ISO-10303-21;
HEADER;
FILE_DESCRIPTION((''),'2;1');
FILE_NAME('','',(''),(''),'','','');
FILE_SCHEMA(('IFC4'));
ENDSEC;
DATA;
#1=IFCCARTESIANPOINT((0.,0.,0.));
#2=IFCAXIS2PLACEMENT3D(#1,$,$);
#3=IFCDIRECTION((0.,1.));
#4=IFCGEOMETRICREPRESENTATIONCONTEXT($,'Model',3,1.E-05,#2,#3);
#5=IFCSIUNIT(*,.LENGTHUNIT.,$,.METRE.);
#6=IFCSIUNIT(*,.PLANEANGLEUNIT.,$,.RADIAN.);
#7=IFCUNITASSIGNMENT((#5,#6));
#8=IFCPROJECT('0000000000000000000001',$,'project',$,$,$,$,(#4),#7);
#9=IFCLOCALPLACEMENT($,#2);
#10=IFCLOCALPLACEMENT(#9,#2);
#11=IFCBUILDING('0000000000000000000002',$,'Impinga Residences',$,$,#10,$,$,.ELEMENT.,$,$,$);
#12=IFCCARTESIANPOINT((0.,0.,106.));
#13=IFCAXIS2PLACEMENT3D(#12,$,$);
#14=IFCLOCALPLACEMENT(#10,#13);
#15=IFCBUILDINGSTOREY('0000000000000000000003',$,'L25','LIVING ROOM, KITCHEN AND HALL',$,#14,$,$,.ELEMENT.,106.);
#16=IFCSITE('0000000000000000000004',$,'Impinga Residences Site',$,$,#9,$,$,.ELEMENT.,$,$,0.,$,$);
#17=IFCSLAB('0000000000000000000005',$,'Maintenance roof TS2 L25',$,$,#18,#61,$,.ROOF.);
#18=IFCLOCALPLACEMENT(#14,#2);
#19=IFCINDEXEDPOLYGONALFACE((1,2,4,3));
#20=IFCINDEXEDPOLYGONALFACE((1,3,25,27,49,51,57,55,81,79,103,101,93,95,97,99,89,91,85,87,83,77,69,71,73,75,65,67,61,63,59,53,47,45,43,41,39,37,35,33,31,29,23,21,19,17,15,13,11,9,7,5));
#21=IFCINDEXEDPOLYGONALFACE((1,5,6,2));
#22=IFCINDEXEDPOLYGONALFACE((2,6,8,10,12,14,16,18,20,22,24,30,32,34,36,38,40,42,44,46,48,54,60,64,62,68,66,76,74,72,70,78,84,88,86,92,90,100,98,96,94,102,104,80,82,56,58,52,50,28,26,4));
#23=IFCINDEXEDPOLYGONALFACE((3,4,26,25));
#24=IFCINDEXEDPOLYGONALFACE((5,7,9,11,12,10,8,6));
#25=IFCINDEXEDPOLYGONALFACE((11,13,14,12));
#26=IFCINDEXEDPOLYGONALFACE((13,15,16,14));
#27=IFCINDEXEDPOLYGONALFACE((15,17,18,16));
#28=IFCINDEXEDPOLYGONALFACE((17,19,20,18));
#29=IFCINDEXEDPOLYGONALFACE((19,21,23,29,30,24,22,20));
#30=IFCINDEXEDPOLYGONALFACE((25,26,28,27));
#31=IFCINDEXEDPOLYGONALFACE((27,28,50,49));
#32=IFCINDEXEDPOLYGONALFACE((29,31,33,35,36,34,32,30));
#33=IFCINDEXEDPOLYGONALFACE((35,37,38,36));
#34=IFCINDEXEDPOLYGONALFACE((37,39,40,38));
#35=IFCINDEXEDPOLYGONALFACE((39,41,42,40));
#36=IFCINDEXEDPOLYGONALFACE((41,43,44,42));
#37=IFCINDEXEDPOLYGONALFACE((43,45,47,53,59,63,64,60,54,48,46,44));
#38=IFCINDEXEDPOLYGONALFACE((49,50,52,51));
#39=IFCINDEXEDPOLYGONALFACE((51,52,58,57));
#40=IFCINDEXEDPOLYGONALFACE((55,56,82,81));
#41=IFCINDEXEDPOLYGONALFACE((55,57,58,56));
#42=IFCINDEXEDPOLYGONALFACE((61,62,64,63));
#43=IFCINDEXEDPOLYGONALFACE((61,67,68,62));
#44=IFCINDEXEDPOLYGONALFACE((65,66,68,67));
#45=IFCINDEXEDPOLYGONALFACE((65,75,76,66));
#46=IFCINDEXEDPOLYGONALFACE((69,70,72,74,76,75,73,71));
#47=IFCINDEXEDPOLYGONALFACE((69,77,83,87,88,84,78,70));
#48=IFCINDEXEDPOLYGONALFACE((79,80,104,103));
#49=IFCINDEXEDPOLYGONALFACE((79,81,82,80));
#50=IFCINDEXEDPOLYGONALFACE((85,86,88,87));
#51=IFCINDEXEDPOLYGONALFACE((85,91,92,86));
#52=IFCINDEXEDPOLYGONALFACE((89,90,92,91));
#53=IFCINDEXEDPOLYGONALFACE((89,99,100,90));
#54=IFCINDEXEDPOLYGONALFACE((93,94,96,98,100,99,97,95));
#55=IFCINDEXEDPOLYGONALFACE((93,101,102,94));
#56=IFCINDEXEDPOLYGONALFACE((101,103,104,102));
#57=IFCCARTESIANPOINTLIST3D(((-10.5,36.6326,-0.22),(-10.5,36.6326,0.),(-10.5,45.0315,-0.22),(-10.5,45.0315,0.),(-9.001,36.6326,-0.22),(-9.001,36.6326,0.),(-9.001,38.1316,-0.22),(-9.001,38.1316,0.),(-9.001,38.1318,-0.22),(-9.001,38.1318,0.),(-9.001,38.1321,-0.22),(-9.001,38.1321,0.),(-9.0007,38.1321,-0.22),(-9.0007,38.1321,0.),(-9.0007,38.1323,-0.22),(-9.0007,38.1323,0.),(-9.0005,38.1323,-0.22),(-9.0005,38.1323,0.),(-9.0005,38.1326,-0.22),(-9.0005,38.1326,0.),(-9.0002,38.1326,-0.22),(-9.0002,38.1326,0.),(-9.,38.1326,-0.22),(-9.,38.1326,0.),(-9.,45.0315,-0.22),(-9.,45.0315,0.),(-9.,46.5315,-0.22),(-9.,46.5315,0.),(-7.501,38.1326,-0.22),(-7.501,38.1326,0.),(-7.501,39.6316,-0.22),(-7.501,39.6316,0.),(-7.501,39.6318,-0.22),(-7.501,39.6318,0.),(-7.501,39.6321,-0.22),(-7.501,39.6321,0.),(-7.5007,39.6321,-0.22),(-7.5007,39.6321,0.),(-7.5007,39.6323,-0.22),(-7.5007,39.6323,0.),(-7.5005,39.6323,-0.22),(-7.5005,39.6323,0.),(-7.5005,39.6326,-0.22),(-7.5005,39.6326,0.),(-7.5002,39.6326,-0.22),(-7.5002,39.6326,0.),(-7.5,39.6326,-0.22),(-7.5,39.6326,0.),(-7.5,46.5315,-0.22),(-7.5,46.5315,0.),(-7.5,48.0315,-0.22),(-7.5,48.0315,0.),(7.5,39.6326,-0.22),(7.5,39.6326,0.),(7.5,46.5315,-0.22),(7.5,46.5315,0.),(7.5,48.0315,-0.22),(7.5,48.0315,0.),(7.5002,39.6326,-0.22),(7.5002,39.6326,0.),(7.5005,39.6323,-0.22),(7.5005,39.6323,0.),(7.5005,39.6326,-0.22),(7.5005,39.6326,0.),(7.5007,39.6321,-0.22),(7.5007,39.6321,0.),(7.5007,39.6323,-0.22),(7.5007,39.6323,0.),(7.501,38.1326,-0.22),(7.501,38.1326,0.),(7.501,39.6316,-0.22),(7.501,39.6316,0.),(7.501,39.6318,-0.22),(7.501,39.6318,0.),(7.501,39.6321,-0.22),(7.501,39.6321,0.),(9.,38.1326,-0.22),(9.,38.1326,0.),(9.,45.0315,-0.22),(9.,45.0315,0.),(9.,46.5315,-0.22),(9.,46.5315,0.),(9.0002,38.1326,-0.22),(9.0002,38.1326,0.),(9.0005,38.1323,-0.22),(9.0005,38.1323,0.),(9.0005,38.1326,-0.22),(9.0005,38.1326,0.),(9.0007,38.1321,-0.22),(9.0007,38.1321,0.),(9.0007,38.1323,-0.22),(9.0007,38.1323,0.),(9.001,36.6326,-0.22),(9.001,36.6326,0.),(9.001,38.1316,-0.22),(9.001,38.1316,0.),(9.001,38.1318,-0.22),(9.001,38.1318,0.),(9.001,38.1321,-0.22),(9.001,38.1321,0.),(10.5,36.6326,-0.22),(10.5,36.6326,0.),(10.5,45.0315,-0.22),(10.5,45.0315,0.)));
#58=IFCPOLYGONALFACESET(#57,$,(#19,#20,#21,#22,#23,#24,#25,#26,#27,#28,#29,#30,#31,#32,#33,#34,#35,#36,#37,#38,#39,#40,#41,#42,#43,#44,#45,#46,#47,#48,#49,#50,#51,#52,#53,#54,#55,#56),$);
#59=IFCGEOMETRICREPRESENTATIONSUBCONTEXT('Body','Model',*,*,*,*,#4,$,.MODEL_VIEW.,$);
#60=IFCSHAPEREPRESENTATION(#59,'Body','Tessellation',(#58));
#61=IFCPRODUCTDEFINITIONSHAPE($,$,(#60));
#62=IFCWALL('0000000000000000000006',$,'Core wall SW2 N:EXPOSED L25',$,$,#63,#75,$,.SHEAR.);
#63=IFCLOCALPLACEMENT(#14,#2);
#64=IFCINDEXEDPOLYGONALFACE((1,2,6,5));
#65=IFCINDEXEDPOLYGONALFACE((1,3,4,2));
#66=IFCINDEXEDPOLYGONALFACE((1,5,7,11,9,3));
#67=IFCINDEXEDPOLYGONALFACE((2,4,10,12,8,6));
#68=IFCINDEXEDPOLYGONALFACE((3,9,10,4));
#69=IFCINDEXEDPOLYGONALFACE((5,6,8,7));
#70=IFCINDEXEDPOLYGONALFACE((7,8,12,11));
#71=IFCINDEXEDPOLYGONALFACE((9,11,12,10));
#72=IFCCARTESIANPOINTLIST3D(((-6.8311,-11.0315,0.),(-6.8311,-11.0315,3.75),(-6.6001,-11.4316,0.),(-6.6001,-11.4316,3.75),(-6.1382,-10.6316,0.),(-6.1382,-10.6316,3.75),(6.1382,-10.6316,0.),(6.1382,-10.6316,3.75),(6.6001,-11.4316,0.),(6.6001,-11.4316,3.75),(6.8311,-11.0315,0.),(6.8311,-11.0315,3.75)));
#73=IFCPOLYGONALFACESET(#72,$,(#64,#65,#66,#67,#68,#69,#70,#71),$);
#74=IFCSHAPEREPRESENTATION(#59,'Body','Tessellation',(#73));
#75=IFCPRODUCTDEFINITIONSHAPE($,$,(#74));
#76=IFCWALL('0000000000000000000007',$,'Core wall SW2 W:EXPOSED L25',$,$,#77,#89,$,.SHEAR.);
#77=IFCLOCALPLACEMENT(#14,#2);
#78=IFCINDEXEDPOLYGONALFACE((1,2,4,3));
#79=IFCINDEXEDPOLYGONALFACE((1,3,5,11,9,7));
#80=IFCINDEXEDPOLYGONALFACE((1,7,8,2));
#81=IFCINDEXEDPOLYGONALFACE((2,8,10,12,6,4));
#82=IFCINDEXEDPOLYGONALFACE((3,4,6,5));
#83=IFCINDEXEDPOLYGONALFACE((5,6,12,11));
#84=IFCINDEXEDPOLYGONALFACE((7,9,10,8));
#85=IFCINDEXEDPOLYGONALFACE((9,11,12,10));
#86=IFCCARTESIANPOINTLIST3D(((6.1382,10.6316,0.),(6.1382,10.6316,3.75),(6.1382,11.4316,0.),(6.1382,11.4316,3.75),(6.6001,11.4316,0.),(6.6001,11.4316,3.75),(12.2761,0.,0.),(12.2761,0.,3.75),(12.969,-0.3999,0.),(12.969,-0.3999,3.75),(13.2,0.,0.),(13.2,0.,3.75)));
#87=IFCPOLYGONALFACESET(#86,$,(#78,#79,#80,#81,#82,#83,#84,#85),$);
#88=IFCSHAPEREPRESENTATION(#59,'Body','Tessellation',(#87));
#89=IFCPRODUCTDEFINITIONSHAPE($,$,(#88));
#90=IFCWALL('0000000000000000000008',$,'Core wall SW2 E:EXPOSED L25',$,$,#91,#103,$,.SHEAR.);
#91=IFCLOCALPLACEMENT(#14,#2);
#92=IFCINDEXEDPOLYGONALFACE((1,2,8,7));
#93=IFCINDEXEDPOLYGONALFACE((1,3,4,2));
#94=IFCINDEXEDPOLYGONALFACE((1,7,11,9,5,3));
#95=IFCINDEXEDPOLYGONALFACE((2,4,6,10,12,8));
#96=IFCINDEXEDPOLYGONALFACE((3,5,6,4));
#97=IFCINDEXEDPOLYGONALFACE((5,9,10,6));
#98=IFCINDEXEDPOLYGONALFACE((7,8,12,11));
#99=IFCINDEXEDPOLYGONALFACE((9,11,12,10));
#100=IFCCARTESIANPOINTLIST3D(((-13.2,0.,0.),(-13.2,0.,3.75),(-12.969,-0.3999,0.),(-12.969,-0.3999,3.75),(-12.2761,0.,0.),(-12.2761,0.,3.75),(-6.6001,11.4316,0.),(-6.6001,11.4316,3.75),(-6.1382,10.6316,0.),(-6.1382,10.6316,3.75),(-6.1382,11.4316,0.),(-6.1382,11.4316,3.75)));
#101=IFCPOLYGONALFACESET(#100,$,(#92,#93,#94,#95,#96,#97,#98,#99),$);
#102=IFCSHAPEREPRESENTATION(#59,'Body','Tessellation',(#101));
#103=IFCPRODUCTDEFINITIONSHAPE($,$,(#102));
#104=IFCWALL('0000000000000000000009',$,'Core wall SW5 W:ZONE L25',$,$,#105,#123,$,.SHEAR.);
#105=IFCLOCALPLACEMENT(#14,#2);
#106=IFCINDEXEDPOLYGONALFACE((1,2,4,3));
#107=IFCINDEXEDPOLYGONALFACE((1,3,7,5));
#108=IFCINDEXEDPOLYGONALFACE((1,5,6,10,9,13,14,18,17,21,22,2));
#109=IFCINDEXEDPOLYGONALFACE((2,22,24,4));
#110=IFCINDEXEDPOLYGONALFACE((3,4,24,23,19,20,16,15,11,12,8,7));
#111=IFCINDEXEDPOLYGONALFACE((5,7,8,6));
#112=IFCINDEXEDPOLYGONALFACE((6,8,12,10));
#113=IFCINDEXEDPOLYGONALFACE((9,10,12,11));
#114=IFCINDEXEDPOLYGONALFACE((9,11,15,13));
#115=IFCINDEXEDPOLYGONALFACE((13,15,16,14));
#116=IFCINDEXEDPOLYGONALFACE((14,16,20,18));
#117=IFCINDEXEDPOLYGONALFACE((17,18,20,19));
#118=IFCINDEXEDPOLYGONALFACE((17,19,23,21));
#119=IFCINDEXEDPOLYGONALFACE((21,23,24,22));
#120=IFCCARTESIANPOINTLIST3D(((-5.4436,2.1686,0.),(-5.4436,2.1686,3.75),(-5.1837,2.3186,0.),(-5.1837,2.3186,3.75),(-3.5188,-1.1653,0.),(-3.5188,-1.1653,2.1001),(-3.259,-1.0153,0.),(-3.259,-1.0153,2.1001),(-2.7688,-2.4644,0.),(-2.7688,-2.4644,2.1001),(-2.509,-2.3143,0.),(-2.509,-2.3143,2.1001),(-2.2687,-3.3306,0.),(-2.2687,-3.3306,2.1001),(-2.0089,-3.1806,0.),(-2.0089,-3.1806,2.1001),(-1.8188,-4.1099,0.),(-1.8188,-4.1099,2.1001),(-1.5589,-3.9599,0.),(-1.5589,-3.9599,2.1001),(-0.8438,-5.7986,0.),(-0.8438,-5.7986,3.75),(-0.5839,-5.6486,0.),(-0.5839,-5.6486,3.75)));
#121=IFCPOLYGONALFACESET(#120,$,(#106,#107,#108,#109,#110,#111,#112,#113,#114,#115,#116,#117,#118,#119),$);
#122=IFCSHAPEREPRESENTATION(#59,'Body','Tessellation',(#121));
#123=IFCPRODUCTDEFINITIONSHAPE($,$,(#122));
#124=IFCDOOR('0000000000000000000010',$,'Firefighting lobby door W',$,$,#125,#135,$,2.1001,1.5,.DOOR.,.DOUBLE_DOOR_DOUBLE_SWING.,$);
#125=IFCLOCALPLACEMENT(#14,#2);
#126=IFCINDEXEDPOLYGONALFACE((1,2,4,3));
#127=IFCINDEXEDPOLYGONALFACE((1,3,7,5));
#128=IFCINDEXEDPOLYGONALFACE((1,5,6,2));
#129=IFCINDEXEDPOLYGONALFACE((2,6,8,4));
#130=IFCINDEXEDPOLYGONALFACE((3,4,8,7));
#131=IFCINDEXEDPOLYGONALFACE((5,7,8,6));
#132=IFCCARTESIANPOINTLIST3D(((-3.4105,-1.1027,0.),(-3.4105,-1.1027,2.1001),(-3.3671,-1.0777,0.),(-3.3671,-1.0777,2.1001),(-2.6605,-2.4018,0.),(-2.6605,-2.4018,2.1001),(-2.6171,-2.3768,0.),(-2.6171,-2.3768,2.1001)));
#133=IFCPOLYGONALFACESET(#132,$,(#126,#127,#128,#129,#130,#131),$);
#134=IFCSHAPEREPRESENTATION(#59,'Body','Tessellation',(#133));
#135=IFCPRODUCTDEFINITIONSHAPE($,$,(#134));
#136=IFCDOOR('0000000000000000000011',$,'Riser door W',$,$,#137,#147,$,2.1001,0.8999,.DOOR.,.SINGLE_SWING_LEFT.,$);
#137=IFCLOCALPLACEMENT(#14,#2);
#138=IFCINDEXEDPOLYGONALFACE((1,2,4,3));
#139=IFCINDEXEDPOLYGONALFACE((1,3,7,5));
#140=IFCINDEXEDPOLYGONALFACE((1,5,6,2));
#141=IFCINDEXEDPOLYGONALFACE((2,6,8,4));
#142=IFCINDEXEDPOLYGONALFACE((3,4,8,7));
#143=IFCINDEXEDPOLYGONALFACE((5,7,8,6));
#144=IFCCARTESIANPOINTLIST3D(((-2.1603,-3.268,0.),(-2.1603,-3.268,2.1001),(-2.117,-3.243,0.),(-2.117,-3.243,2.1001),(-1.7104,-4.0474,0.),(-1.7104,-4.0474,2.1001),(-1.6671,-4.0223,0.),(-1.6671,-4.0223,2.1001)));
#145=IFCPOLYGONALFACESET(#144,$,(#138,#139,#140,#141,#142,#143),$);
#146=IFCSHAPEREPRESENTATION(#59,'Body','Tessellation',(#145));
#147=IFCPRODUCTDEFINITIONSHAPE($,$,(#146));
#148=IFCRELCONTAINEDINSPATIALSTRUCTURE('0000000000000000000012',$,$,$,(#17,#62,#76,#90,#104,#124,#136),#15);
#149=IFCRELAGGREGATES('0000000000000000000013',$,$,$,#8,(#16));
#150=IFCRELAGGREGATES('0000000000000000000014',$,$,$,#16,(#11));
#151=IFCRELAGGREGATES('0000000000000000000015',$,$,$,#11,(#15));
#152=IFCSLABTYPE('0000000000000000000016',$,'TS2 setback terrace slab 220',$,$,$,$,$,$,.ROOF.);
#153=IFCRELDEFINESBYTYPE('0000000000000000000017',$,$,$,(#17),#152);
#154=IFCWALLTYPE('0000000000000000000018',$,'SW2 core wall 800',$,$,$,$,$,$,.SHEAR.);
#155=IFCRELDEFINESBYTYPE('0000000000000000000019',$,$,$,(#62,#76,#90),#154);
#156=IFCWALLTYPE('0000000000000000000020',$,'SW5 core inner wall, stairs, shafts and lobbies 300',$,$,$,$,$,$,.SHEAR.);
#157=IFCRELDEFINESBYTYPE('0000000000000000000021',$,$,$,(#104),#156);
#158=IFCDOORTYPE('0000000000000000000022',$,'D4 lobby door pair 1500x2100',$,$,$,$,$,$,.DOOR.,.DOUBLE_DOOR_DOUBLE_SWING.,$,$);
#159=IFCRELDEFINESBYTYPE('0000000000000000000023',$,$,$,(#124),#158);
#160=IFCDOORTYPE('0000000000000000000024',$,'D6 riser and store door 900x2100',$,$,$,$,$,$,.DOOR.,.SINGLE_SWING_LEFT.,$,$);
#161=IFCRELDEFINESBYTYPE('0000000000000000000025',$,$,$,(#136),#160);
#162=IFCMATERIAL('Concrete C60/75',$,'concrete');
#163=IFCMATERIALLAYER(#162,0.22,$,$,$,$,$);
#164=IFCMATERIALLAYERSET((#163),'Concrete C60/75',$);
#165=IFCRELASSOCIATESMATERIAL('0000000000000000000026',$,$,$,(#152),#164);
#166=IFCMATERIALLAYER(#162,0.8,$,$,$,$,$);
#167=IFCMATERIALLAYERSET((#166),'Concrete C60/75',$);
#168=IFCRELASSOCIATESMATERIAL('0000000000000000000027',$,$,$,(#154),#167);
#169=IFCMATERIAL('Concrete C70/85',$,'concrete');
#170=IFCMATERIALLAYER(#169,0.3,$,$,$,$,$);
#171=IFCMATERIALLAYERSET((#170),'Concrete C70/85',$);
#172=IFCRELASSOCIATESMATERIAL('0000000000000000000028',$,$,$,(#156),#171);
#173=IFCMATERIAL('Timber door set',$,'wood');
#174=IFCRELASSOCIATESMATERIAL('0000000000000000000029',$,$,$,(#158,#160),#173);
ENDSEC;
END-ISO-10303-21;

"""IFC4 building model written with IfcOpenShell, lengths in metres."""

from ifc_helpers import new_model, si_unit, direction, frame, frame_2d, origin, place, context, subcontext, project, spatial, polyline, rectangle, outline, extrude, material, layer, layer_set, type_object, element, fill, save


model = new_model("IFC4")

# Units and contexts
model_context = context("Model", 3, precision=1e-05, world=origin(), true_north=direction((0.0, 1.0)))
body_context = subcontext(model_context, "Body", "Model", "MODEL_VIEW")
ifc_project = project(units=[si_unit("LENGTHUNIT", "METRE"), si_unit("PLANEANGLEUNIT", "RADIAN")], contexts=[model_context])

# Site, building, storey
site_placement = place(None, origin())
site = spatial("IfcSite", under=ifc_project, at=site_placement, Name="Impinga Residences Site", CompositionType="ELEMENT", RefElevation=0.0)
building_placement = place(site_placement, origin())
building = spatial("IfcBuilding", under=site, at=building_placement, Name="Impinga Residences", CompositionType="ELEMENT")
storey_placement = place(building_placement, frame((0.0, 0.0, 106.0)))
storey = spatial("IfcBuildingStorey", under=building, at=storey_placement, Name="L25", Description="LIVING ROOM, KITCHEN AND HALL", CompositionType="ELEMENT", Elevation=106.0)

# Shared definitions
ifc_material_1 = material(Name="Concrete C60/75", Category="concrete")

# Slab
ifc_layer_1 = layer(ifc_material_1, 0.22)
ifc_layer_set_1 = layer_set([ifc_layer_1], Name="Concrete C60/75")
slab_type_1 = type_object("IfcSlabType", Name="TS2 setback terrace slab 220", PredefinedType="ROOF", material=ifc_layer_set_1)
slab_1_placement = place(storey_placement, frame((0.0, 0.0, -0.22)))
element("IfcSlab", 1, at=slab_1_placement, inside=storey, type_object=slab_type_1, Name="Maintenance roof TS2 L25", PredefinedType="ROOF", context=body_context, shape_type="SweptSolid", body=[
    extrude(outline(polyline([(-10.5, 45.0315), (-9.0, 45.0315), (-9.0, 46.5315), (-7.5, 46.5315), (-7.5, 48.0315), (7.5, 48.0315), (7.5, 46.5315), (9.0, 46.5315), (9.0, 45.0315), (10.5, 45.0315), (10.5, 36.6326), (9.001, 36.6326), (9.001, 38.1316), (9.001, 38.1316), (9.001, 38.1318), (9.001, 38.1318), (9.001, 38.1318), (9.001, 38.1321), (9.0007, 38.1321), (9.0007, 38.1321), (9.0007, 38.1323), (9.0007, 38.1323), (9.0005, 38.1323), (9.0005, 38.1323), (9.0005, 38.1326), (9.0002, 38.1326), (9.0002, 38.1326), (9.0, 38.1326), (9.0, 38.1326), (7.501, 38.1326), (7.501, 39.6316), (7.501, 39.6316), (7.501, 39.6318), (7.501, 39.6318), (7.501, 39.6318), (7.501, 39.6321), (7.5007, 39.6321), (7.5007, 39.6321), (7.5007, 39.6323), (7.5007, 39.6323), (7.5005, 39.6323), (7.5005, 39.6323), (7.5005, 39.6326), (7.5002, 39.6326), (7.5002, 39.6326), (7.5, 39.6326), (7.5, 39.6326), (-7.5, 39.6326), (-7.5, 39.6326), (-7.5002, 39.6326), (-7.5002, 39.6326), (-7.5005, 39.6326), (-7.5005, 39.6323), (-7.5005, 39.6323), (-7.5007, 39.6323), (-7.5007, 39.6323), (-7.5007, 39.6321), (-7.5007, 39.6321), (-7.501, 39.6321), (-7.501, 39.6318), (-7.501, 39.6318), (-7.501, 39.6318), (-7.501, 39.6316), (-7.501, 39.6316), (-7.501, 38.1326), (-9.0, 38.1326), (-9.0, 38.1326), (-9.0002, 38.1326), (-9.0002, 38.1326), (-9.0005, 38.1326), (-9.0005, 38.1323), (-9.0005, 38.1323), (-9.0007, 38.1323), (-9.0007, 38.1323), (-9.0007, 38.1321), (-9.0007, 38.1321), (-9.001, 38.1321), (-9.001, 38.1318), (-9.001, 38.1318), (-9.001, 38.1318), (-9.001, 38.1316), (-9.001, 38.1316), (-9.001, 36.6326), (-10.5, 36.6326), (-10.5, 45.0315)])), origin(), (0.0, 0.0, 1.0), 0.22),
])

# Walls
ifc_layer_2 = layer(ifc_material_1, 0.8)
ifc_layer_set_2 = layer_set([ifc_layer_2], Name="Concrete C60/75")
wall_type_1 = type_object("IfcWallType", Name="SW2 core wall 800", PredefinedType="SHEAR", material=ifc_layer_set_2)
wall_1_placement = place(storey_placement, origin())
element("IfcWall", 2, at=wall_1_placement, inside=storey, type_object=wall_type_1, Name="Core wall SW2 N:EXPOSED L25", PredefinedType="SHEAR", context=body_context, shape_type="SweptSolid", body=[
    extrude(outline(polyline([(-6.6001, -11.4316), (6.6001, -11.4316), (6.8311, -11.0315), (6.1382, -10.6316), (-6.1382, -10.6316), (-6.8311, -11.0315), (-6.6001, -11.4316)])), origin(), (0.0, 0.0, 1.0), 3.75),
])
wall_2_placement = place(storey_placement, origin())
element("IfcWall", 3, at=wall_2_placement, inside=storey, type_object=wall_type_1, Name="Core wall SW2 W:EXPOSED L25", PredefinedType="SHEAR", context=body_context, shape_type="SweptSolid", body=[
    extrude(outline(polyline([(13.2, 0.0), (6.6001, 11.4316), (6.1382, 11.4316), (6.1382, 10.6316), (12.2761, 0.0), (12.969, -0.3999), (13.2, 0.0)])), origin(), (0.0, 0.0, 1.0), 3.75),
])
wall_3_placement = place(storey_placement, origin())
element("IfcWall", 4, at=wall_3_placement, inside=storey, type_object=wall_type_1, Name="Core wall SW2 E:EXPOSED L25", PredefinedType="SHEAR", context=body_context, shape_type="SweptSolid", body=[
    extrude(outline(polyline([(-6.6001, 11.4316), (-13.2, 0.0), (-12.969, -0.3999), (-12.2761, 0.0), (-6.1382, 10.6316), (-6.1382, 11.4316), (-6.6001, 11.4316)])), origin(), (0.0, 0.0, 1.0), 3.75),
])

# Wall, openings, doors
ifc_material_2 = material(Name="Concrete C70/85", Category="concrete")
ifc_layer_3 = layer(ifc_material_2, 0.3)
ifc_layer_set_3 = layer_set([ifc_layer_3], Name="Concrete C70/85")
wall_type_2 = type_object("IfcWallType", Name="SW5 core inner wall, stairs, shafts and lobbies 300", PredefinedType="SHEAR", material=ifc_layer_set_3)
wall_4_placement = place(storey_placement, frame((-0.7139, -5.7236, 0.0), z_axis=(0.0, 0.0, 1.0), x_axis=(-0.499995, 0.866028, 0.0)))
wall_4 = element("IfcWall", 5, at=wall_4_placement, inside=storey, type_object=wall_type_2, Name="Core wall SW5 W:ZONE L25", PredefinedType="SHEAR", context=body_context, shape_type="SweptSolid", body=[
    extrude(rectangle(XDim=9.1997, YDim=0.3, at=frame_2d((4.5999, 0.0))), origin(), (0.0, 0.0, 1.0), 3.75),
])
opening_1_placement = place(wall_4_placement, frame((3.8501, 0.0, 0.0)))
opening_1 = element("IfcOpeningElement", 6, at=opening_1_placement, cuts=wall_4, PredefinedType="OPENING", context=body_context, shape_type="SweptSolid", body=[
    extrude(rectangle(XDim=1.5, YDim=2.1001, at=frame_2d((0.75, 1.05))), frame((0.0, 0.1599, 0.0), z_axis=(0.0, -1.0, 0.0), x_axis=(1.0, 0.0, 0.0)), (0.0, 0.0, 1.0), 0.3201),
])
opening_2_placement = place(wall_4_placement, frame((1.95, 0.0, 0.0)))
opening_2 = element("IfcOpeningElement", 7, at=opening_2_placement, cuts=wall_4, PredefinedType="OPENING", context=body_context, shape_type="SweptSolid", body=[
    extrude(rectangle(XDim=0.8999, YDim=2.1001, at=frame_2d((0.45, 1.05))), frame((0.0, 0.1599, 0.0), z_axis=(0.0, -1.0, 0.0), x_axis=(1.0, 0.0, 0.0)), (0.0, 0.0, 1.0), 0.3201),
])
ifc_material_3 = material(Name="Timber door set", Category="wood")
door_type_1 = type_object("IfcDoorType", Name="D4 lobby door pair 1500x2100", OperationType="DOUBLE_DOOR_DOUBLE_SWING", PredefinedType="DOOR", material=ifc_material_3)
door_1_placement = place(opening_1_placement, origin())
door_1 = element("IfcDoor", 8, at=door_1_placement, inside=storey, type_object=door_type_1, Name="Firefighting lobby door W", OperationType="DOUBLE_DOOR_DOUBLE_SWING", OverallHeight=2.1001, OverallWidth=1.5, PredefinedType="DOOR", context=body_context, shape_type="SweptSolid", body=[
    extrude(rectangle(XDim=1.5, YDim=2.1001, at=frame_2d((0.75, 1.05))), frame((0.0, 0.0249, 0.0), z_axis=(0.0, -1.0, 0.0), x_axis=(1.0, 0.0, 0.0)), (0.0, 0.0, 1.0), 0.05),
])
fill(opening_1, door_1)
door_type_2 = type_object("IfcDoorType", Name="D6 riser and store door 900x2100", OperationType="SINGLE_SWING_LEFT", PredefinedType="DOOR", material=ifc_material_3)
door_2_placement = place(opening_2_placement, origin())
door_2 = element("IfcDoor", 9, at=door_2_placement, inside=storey, type_object=door_type_2, Name="Riser door W", OperationType="SINGLE_SWING_LEFT", OverallHeight=2.1001, OverallWidth=0.8999, PredefinedType="DOOR", context=body_context, shape_type="SweptSolid", body=[
    extrude(rectangle(XDim=0.8999, YDim=2.1001, at=frame_2d((0.45, 1.05))), frame((0.0, 0.0249, 0.0), z_axis=(0.0, -1.0, 0.0), x_axis=(1.0, 0.0, 0.0)), (0.0, 0.0, 1.0), 0.05),
])
fill(opening_2, door_2)

save(model, "model.ifc")
